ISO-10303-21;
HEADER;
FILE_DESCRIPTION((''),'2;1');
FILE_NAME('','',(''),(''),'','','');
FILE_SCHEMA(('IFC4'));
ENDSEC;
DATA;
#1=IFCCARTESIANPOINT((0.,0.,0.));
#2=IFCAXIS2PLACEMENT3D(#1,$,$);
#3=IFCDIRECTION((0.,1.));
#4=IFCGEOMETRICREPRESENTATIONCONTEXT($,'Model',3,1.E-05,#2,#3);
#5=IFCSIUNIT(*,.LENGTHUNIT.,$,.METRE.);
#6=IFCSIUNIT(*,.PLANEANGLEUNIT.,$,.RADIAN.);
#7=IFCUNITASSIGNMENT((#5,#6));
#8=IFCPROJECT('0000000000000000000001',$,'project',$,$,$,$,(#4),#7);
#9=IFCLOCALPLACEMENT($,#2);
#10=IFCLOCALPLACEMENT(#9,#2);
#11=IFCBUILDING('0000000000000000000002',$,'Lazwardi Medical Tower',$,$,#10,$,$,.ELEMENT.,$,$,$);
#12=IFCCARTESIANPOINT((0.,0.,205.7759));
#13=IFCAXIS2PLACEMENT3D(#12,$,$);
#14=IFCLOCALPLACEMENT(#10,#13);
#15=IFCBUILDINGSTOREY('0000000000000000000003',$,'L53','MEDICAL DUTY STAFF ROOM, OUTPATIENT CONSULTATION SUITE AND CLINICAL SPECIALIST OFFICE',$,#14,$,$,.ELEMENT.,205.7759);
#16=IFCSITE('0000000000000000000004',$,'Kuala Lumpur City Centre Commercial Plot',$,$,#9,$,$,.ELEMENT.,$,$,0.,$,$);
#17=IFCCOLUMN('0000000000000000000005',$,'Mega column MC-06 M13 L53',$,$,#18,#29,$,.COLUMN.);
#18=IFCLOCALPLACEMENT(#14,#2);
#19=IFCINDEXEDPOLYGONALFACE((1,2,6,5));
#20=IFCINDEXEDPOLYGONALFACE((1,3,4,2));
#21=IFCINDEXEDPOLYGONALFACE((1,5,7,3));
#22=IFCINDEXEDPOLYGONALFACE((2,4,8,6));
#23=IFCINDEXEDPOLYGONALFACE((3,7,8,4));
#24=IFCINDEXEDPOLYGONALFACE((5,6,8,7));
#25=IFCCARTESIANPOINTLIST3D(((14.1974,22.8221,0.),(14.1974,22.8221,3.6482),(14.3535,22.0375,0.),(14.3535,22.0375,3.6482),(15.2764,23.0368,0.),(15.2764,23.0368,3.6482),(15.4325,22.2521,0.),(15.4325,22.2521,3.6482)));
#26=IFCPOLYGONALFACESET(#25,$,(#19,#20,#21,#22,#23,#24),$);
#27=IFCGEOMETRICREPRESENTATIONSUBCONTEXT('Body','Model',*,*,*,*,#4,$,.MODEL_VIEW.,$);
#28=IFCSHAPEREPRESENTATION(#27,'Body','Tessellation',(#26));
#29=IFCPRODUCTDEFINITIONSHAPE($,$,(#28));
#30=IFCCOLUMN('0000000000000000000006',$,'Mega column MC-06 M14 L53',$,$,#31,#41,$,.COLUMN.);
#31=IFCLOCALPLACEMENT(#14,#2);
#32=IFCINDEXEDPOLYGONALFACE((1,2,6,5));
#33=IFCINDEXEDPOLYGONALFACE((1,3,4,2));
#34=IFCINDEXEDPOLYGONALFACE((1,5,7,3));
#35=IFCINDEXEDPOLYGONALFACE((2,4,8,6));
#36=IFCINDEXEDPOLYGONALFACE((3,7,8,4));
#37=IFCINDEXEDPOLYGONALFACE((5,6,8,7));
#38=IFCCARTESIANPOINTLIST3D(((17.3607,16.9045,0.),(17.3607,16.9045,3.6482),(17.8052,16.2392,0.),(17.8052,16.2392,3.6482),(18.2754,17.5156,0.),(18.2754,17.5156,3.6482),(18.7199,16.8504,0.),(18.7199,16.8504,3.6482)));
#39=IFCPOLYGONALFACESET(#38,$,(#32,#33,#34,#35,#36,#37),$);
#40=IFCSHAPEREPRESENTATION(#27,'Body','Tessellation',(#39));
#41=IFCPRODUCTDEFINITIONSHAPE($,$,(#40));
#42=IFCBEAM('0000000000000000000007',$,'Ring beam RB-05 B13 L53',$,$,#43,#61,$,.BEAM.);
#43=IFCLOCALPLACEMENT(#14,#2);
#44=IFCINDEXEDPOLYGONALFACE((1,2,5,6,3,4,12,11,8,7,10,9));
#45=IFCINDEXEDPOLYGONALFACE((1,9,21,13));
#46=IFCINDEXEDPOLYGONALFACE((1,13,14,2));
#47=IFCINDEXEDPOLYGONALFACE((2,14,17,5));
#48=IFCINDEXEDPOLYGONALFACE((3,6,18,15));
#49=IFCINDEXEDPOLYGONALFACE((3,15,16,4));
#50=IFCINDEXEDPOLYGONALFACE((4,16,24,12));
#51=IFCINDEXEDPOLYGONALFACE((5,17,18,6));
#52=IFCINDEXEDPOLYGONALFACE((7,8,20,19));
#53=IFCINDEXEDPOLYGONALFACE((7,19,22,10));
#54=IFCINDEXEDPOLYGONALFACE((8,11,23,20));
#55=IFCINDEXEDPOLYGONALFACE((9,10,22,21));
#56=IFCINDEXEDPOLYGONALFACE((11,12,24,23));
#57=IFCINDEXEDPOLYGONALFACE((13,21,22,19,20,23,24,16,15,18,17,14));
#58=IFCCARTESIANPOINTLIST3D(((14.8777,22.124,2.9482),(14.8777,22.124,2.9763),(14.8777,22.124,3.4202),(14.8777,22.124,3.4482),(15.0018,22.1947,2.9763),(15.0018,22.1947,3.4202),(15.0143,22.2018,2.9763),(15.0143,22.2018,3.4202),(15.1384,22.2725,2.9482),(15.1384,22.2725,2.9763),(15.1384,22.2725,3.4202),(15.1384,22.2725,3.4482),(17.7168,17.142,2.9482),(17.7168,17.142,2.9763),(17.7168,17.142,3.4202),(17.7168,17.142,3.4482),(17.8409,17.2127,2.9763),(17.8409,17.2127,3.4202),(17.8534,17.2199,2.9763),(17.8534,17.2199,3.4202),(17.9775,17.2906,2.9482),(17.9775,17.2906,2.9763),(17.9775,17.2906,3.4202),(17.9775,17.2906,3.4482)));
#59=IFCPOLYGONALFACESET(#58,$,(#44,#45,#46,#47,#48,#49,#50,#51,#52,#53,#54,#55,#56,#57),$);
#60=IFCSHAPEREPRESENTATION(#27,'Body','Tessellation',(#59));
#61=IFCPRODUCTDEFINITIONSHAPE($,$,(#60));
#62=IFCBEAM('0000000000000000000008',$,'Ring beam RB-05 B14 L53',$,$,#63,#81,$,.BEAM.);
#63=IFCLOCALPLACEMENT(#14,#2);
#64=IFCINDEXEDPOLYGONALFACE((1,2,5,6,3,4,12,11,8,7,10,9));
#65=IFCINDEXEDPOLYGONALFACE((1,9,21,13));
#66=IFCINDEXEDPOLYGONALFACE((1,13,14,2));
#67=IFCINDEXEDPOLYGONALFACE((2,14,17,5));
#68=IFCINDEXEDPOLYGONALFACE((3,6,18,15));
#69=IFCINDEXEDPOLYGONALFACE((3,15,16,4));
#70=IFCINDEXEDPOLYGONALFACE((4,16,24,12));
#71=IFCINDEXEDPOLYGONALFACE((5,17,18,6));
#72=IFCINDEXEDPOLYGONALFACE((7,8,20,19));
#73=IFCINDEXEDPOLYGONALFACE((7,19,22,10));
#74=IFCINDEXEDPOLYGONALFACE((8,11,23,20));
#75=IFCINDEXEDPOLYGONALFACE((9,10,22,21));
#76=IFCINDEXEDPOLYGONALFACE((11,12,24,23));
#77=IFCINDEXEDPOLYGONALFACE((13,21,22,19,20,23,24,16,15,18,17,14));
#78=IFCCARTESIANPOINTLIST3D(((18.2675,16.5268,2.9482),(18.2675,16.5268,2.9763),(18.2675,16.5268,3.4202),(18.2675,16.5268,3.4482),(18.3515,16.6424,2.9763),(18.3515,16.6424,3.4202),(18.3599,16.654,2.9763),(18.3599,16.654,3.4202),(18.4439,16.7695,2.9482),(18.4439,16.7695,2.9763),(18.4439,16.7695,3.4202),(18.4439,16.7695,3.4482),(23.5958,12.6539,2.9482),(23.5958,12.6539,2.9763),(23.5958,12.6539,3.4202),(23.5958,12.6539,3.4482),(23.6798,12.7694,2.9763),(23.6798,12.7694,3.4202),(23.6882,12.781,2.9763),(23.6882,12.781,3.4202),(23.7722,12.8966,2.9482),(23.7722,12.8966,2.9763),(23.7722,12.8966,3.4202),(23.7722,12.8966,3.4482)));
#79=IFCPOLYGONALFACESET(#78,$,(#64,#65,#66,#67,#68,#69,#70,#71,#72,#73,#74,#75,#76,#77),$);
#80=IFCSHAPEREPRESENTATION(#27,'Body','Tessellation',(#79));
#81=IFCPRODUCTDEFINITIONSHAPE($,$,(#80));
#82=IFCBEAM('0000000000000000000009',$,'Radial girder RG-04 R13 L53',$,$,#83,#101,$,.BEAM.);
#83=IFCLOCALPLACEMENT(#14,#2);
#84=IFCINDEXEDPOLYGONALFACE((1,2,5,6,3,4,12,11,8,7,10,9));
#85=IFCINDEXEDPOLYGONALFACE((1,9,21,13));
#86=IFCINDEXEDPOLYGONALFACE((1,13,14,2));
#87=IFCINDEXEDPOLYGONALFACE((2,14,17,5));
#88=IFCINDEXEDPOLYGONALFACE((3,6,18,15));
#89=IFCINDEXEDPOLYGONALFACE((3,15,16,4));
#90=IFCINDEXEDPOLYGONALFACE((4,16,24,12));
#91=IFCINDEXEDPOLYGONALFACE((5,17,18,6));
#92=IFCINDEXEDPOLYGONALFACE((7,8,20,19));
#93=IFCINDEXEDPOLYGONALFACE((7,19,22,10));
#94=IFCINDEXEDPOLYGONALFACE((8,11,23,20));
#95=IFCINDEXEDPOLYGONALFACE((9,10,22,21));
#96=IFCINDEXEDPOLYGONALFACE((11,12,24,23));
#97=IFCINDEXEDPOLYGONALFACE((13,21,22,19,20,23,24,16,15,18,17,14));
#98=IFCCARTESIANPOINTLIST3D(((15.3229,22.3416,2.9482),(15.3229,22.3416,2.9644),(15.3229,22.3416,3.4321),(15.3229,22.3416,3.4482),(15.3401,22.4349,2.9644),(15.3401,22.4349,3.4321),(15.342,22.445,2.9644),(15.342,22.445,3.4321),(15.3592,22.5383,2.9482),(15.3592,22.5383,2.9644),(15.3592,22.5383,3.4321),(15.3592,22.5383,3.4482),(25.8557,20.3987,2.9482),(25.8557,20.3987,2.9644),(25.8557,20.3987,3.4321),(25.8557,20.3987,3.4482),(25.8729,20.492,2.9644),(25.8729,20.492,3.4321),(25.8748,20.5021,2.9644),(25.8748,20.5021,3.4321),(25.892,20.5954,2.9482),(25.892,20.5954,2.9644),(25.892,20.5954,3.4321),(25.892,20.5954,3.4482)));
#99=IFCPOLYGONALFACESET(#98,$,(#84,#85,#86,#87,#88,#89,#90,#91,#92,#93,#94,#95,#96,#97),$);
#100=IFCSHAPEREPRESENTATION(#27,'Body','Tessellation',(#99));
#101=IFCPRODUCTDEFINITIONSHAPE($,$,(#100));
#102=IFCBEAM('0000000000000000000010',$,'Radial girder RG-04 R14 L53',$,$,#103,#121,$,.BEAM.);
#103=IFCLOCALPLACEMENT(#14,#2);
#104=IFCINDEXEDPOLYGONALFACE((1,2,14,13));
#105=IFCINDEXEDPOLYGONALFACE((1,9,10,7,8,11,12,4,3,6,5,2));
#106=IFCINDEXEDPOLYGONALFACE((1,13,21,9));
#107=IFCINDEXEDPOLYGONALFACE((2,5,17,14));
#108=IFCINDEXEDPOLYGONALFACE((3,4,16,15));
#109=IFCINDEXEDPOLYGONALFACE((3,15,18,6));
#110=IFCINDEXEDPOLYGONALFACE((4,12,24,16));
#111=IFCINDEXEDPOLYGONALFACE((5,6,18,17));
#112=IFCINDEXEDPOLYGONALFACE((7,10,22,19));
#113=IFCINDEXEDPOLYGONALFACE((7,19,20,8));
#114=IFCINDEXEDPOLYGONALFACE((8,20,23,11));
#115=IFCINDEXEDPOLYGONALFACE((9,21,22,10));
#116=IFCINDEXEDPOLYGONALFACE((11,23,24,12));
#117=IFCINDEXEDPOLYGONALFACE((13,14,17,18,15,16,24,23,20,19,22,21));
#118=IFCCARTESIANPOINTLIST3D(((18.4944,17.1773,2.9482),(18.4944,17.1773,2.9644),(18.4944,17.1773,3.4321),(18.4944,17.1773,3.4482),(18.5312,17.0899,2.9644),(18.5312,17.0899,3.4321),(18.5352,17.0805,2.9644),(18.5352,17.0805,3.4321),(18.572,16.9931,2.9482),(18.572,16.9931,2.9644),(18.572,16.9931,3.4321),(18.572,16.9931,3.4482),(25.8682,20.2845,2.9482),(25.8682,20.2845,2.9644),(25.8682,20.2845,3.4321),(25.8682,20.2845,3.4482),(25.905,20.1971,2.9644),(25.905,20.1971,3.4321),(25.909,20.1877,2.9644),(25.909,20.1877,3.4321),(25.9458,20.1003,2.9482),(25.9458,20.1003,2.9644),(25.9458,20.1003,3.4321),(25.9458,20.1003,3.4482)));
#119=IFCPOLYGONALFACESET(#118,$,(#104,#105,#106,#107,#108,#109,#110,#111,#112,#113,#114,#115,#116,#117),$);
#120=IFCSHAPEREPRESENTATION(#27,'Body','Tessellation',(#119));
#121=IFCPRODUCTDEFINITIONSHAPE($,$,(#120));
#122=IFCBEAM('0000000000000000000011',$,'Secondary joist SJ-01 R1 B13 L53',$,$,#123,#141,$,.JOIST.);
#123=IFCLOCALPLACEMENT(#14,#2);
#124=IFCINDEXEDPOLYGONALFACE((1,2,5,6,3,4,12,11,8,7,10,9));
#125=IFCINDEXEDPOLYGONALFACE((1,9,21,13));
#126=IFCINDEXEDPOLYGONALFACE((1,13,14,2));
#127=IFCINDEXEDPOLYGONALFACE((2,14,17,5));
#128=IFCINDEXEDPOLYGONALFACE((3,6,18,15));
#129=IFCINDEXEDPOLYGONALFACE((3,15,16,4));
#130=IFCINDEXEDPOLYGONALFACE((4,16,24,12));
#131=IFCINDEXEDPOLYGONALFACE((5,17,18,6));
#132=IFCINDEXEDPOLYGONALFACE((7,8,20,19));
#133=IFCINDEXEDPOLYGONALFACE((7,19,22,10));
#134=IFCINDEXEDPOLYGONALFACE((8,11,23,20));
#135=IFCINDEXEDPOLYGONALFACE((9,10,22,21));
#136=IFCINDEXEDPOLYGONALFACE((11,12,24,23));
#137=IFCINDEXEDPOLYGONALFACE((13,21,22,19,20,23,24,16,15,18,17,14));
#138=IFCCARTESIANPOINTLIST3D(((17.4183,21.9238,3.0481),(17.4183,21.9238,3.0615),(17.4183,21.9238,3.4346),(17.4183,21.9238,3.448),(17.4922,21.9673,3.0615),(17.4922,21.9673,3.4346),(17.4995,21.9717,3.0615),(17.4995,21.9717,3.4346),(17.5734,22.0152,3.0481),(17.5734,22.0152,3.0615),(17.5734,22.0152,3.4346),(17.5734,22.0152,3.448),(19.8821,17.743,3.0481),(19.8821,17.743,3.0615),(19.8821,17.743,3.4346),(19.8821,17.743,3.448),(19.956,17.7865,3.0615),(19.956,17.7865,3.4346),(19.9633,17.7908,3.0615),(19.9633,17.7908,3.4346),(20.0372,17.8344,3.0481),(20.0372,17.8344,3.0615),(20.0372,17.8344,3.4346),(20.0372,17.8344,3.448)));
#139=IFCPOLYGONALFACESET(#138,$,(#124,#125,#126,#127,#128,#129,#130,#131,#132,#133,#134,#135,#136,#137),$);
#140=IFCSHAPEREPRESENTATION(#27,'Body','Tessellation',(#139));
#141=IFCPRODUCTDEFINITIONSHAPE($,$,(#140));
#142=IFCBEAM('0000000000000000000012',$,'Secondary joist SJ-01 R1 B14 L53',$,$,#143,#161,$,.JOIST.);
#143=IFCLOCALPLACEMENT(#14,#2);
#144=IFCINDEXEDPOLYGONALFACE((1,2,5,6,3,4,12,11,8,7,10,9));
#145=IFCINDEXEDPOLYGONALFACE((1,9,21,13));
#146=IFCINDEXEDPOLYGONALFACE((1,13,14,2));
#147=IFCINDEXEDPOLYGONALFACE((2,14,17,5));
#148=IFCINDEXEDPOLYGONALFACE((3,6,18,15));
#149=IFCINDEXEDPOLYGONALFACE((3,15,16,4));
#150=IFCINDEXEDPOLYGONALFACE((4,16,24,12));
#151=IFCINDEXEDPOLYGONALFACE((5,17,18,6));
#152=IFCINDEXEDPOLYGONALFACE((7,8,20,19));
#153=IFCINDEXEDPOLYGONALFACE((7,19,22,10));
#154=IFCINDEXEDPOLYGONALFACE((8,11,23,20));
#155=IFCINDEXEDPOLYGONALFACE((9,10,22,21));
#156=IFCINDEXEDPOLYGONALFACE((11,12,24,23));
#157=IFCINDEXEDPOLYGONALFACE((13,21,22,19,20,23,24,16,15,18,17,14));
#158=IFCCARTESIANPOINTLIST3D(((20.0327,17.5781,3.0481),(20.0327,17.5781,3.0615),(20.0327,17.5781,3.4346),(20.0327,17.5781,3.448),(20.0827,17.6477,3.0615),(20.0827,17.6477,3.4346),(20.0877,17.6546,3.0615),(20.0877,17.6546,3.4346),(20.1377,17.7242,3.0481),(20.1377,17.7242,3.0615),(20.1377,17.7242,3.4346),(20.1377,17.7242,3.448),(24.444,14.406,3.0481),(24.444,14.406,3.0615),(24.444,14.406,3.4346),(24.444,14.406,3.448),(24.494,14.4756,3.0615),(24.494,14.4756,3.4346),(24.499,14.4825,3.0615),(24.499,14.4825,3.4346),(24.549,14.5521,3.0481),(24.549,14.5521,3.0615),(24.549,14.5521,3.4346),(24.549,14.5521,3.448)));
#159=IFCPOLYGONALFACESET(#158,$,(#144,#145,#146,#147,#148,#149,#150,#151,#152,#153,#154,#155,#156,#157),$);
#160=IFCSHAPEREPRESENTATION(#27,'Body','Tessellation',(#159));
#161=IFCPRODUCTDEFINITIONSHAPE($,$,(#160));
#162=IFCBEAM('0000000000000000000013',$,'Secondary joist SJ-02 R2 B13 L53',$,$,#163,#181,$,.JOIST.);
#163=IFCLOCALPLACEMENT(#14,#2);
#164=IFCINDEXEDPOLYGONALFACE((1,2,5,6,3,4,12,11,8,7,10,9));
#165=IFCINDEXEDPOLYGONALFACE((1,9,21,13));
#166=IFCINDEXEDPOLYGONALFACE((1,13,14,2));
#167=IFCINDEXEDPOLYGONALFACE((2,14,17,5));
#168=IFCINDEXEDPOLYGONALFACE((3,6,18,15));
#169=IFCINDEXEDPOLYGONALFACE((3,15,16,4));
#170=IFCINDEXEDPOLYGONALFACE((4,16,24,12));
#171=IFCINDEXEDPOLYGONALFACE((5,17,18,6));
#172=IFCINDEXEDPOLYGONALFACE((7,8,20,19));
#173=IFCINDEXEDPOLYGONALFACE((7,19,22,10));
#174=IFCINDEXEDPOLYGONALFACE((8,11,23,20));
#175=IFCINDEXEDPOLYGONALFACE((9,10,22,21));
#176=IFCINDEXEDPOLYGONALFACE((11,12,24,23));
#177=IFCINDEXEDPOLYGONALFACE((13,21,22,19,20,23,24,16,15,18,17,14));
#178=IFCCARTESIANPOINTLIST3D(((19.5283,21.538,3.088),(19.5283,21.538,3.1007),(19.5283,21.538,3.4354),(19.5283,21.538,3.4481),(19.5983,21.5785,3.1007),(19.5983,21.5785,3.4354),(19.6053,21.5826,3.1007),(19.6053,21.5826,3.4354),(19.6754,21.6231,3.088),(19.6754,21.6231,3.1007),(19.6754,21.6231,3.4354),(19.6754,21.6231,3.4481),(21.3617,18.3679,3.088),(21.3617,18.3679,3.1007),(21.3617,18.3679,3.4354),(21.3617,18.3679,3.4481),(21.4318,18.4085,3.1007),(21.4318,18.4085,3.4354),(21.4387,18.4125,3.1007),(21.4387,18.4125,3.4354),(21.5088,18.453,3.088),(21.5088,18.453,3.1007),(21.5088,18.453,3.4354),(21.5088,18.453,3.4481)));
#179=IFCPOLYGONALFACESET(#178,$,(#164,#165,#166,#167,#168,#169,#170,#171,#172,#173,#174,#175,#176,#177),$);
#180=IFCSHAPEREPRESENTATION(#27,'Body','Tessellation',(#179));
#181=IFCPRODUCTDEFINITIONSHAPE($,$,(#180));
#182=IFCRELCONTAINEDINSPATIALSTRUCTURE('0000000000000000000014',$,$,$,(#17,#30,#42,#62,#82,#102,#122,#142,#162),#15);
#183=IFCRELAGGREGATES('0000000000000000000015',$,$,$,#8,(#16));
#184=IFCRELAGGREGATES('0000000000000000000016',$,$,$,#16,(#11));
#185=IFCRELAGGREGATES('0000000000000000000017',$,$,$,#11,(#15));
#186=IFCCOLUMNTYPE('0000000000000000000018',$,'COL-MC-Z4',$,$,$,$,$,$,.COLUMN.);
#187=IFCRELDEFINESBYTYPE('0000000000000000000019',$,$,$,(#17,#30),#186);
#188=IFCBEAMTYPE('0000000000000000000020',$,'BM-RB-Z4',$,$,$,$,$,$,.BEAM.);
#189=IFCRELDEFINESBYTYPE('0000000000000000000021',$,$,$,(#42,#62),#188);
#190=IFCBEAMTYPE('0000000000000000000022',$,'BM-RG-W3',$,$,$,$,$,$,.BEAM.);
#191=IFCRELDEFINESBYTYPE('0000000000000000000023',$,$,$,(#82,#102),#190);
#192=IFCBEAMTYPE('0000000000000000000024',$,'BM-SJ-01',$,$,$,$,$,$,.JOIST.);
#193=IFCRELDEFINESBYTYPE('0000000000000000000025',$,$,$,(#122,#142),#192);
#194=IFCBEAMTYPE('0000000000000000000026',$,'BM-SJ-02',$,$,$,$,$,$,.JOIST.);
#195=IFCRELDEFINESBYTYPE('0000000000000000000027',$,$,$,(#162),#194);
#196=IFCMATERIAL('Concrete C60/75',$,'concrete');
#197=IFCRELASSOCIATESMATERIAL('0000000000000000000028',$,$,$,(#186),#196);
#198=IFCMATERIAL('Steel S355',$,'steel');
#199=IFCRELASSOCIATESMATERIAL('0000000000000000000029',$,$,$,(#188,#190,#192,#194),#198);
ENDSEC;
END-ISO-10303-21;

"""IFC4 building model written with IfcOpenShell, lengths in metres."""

from ifc_helpers import new_model, si_unit, direction, frame, origin, origin_2d, place, context, subcontext, project, spatial, rectangle, i_section, extrude, material, material_profile, profile_set, type_object, element, save


model = new_model("IFC4")

# Units and contexts
model_context = context("Model", 3, precision=1e-05, world=origin(), true_north=direction((0.0, 1.0)))
body_context = subcontext(model_context, "Body", "Model", "MODEL_VIEW")
ifc_project = project(units=[si_unit("LENGTHUNIT", "METRE"), si_unit("PLANEANGLEUNIT", "RADIAN")], contexts=[model_context])

# Site, building, storey
site_placement = place(None, origin())
site = spatial("IfcSite", under=ifc_project, at=site_placement, Name="Kuala Lumpur City Centre Commercial Plot", CompositionType="ELEMENT", RefElevation=0.0)
building_placement = place(site_placement, origin())
building = spatial("IfcBuilding", under=site, at=building_placement, Name="Lazwardi Medical Tower", CompositionType="ELEMENT")
storey_placement = place(building_placement, frame((0.0, 0.0, 205.7759)))
storey = spatial("IfcBuildingStorey", under=building, at=storey_placement, Name="L53", Description="MEDICAL DUTY STAFF ROOM, OUTPATIENT CONSULTATION SUITE AND CLINICAL SPECIALIST OFFICE", CompositionType="ELEMENT", Elevation=205.7759)

# Columns
ifc_material_1 = material(Name="Concrete C60/75", Category="concrete")
ifc_material_profile_1 = material_profile(ifc_material_1, rectangle(XDim=1.1001, YDim=0.8, at=origin_2d()), Name="CFT-RECT 1100x800")
ifc_profile_set_1 = profile_set([ifc_material_profile_1], Name="Concrete C60/75")
column_type = type_object("IfcColumnType", Name="COL-MC-Z4", PredefinedType="COLUMN", material=ifc_profile_set_1)
for number, where, z_axis, x_axis, name in (
    (1, (14.8149, 22.5371, 0.0), (0.0, 0.0, 1.0), (-0.980785, -0.19509, 0.0), "Mega column MC-06 M13 L53"),
    (2, (18.0403, 16.8774, 0.0), (0.0, 0.0, 1.0), (-0.83147, -0.55557, 0.0), "Mega column MC-06 M14 L53"),
):
    element("IfcColumn", number, at=place(storey_placement, frame(where, z_axis=z_axis, x_axis=x_axis)), inside=storey, type_object=column_type, Name=name, PredefinedType="COLUMN", context=body_context, shape_type="SweptSolid", body=[
        extrude(rectangle(XDim=1.1001, YDim=0.8, at=origin_2d()), origin(), (0.0, 0.0, 1.0), 3.6482),
    ])

# Beams
ifc_material_2 = material(Name="Steel S355", Category="steel")
ifc_material_profile_2 = material_profile(ifc_material_2, i_section(OverallWidth=0.3, OverallDepth=0.5, WebThickness=0.0144, FlangeThickness=0.0281, at=origin_2d()), Name="HEB 500")
ifc_profile_set_2 = profile_set([ifc_material_profile_2], Name="Steel S355")
beam_type_1 = type_object("IfcBeamType", Name="BM-RB-Z4", PredefinedType="BEAM", material=ifc_profile_set_2)
beam_1_placement = place(storey_placement, frame((15.0081, 22.1982, 3.1982), z_axis=(0.495125, -0.868822, 0.0), x_axis=(0.868822, 0.495125, 0.0)))
element("IfcBeam", 3, at=beam_1_placement, inside=storey, type_object=beam_type_1, Name="Ring beam RB-05 B13 L53", PredefinedType="BEAM", context=body_context, shape_type="SweptSolid", body=[
    extrude(i_section(OverallWidth=0.3, OverallDepth=0.5, WebThickness=0.0144, FlangeThickness=0.0281, at=origin_2d()), origin(), (0.0, 0.0, 1.0), 5.7341),
])
beam_2_placement = place(storey_placement, frame((18.3557, 16.6482, 3.1982), z_axis=(0.80889, -0.58796, 0.0), x_axis=(0.58796, 0.80889, 0.0)))
element("IfcBeam", 4, at=beam_2_placement, inside=storey, type_object=beam_type_1, Name="Ring beam RB-05 B14 L53", PredefinedType="BEAM", context=body_context, shape_type="SweptSolid", body=[
    extrude(i_section(OverallWidth=0.3, OverallDepth=0.5, WebThickness=0.0144, FlangeThickness=0.0281, at=origin_2d()), origin(), (0.0, 0.0, 1.0), 6.5872),
])
ifc_material_profile_3 = material_profile(ifc_material_2, i_section(OverallWidth=0.2, OverallDepth=0.5, WebThickness=0.0103, FlangeThickness=0.0161, at=origin_2d()), Name="IPE 500")
ifc_profile_set_3 = profile_set([ifc_material_profile_3], Name="Steel S355")
beam_type_2 = type_object("IfcBeamType", Name="BM-RG-W3", PredefinedType="BEAM", material=ifc_profile_set_3)
beam_3_placement = place(storey_placement, frame((15.3411, 22.4399, 3.1982), z_axis=(0.983409, -0.1814, 0.0), x_axis=(0.1814, 0.983409, 0.0)))
element("IfcBeam", 5, at=beam_3_placement, inside=storey, type_object=beam_type_2, Name="Radial girder RG-04 R13 L53", PredefinedType="BEAM", context=body_context, shape_type="SweptSolid", body=[
    extrude(i_section(OverallWidth=0.2, OverallDepth=0.5, WebThickness=0.0103, FlangeThickness=0.0161, at=origin_2d()), origin(), (0.0, 0.0, 1.0), 10.7104),
])
beam_4_placement = place(storey_placement, frame((18.5332, 17.0852, 3.1982), z_axis=(0.921527, 0.388315, 0.0), x_axis=(-0.388315, 0.921527, 0.0)))
element("IfcBeam", 6, at=beam_4_placement, inside=storey, type_object=beam_type_2, Name="Radial girder RG-04 R14 L53", PredefinedType="BEAM", context=body_context, shape_type="SweptSolid", body=[
    extrude(i_section(OverallWidth=0.2, OverallDepth=0.5, WebThickness=0.0103, FlangeThickness=0.0161, at=origin_2d()), origin(), (0.0, 0.0, 1.0), 8.0017),
])
ifc_material_profile_4 = material_profile(ifc_material_2, i_section(OverallWidth=0.1799, OverallDepth=0.3999, WebThickness=0.0085, FlangeThickness=0.0134, at=origin_2d()), Name="IPE 400")
ifc_profile_set_4 = profile_set([ifc_material_profile_4], Name="Steel S355")
beam_type_3 = type_object("IfcBeamType", Name="BM-SJ-01", PredefinedType="JOIST", material=ifc_profile_set_4)
beam_5_placement = place(storey_placement, frame((17.4958, 21.9695, 3.248), z_axis=(0.50771, -0.861528, 0.0), x_axis=(0.861528, 0.50771, 0.0)))
element("IfcBeam", 7, at=beam_5_placement, inside=storey, type_object=beam_type_3, Name="Secondary joist SJ-01 R1 B13 L53", PredefinedType="JOIST", context=body_context, shape_type="SweptSolid", body=[
    extrude(i_section(OverallWidth=0.1799, OverallDepth=0.3999, WebThickness=0.0085, FlangeThickness=0.0134, at=origin_2d()), origin(), (0.0, 0.0, 1.0), 4.8528),
])
beam_6_placement = place(storey_placement, frame((20.0852, 17.6511, 3.248), z_axis=(0.81189, -0.583811, 0.0), x_axis=(0.583811, 0.81189, 0.0)))
element("IfcBeam", 8, at=beam_6_placement, inside=storey, type_object=beam_type_3, Name="Secondary joist SJ-01 R1 B14 L53", PredefinedType="JOIST", context=body_context, shape_type="SweptSolid", body=[
    extrude(i_section(OverallWidth=0.1799, OverallDepth=0.3999, WebThickness=0.0085, FlangeThickness=0.0134, at=origin_2d()), origin(), (0.0, 0.0, 1.0), 5.4333),
])
ifc_material_profile_5 = material_profile(ifc_material_2, i_section(OverallWidth=0.1699, OverallDepth=0.3601, WebThickness=0.0081, FlangeThickness=0.0127, at=origin_2d()), Name="IPE 360")
ifc_profile_set_5 = profile_set([ifc_material_profile_5], Name="Steel S355")
beam_type_4 = type_object("IfcBeamType", Name="BM-SJ-02", PredefinedType="JOIST", material=ifc_profile_set_5)
beam_7_placement = place(storey_placement, frame((19.6018, 21.5806, 3.2681), z_axis=(0.500655, -0.865647, 0.0), x_axis=(0.865647, 0.500655, 0.0)))
element("IfcBeam", 9, at=beam_7_placement, inside=storey, type_object=beam_type_4, Name="Secondary joist SJ-02 R2 B13 L53", PredefinedType="JOIST", context=body_context, shape_type="SweptSolid", body=[
    extrude(i_section(OverallWidth=0.1699, OverallDepth=0.3601, WebThickness=0.0081, FlangeThickness=0.0127, at=origin_2d()), origin(), (0.0, 0.0, 1.0), 3.6621),
])

save(model, "model.ifc")
